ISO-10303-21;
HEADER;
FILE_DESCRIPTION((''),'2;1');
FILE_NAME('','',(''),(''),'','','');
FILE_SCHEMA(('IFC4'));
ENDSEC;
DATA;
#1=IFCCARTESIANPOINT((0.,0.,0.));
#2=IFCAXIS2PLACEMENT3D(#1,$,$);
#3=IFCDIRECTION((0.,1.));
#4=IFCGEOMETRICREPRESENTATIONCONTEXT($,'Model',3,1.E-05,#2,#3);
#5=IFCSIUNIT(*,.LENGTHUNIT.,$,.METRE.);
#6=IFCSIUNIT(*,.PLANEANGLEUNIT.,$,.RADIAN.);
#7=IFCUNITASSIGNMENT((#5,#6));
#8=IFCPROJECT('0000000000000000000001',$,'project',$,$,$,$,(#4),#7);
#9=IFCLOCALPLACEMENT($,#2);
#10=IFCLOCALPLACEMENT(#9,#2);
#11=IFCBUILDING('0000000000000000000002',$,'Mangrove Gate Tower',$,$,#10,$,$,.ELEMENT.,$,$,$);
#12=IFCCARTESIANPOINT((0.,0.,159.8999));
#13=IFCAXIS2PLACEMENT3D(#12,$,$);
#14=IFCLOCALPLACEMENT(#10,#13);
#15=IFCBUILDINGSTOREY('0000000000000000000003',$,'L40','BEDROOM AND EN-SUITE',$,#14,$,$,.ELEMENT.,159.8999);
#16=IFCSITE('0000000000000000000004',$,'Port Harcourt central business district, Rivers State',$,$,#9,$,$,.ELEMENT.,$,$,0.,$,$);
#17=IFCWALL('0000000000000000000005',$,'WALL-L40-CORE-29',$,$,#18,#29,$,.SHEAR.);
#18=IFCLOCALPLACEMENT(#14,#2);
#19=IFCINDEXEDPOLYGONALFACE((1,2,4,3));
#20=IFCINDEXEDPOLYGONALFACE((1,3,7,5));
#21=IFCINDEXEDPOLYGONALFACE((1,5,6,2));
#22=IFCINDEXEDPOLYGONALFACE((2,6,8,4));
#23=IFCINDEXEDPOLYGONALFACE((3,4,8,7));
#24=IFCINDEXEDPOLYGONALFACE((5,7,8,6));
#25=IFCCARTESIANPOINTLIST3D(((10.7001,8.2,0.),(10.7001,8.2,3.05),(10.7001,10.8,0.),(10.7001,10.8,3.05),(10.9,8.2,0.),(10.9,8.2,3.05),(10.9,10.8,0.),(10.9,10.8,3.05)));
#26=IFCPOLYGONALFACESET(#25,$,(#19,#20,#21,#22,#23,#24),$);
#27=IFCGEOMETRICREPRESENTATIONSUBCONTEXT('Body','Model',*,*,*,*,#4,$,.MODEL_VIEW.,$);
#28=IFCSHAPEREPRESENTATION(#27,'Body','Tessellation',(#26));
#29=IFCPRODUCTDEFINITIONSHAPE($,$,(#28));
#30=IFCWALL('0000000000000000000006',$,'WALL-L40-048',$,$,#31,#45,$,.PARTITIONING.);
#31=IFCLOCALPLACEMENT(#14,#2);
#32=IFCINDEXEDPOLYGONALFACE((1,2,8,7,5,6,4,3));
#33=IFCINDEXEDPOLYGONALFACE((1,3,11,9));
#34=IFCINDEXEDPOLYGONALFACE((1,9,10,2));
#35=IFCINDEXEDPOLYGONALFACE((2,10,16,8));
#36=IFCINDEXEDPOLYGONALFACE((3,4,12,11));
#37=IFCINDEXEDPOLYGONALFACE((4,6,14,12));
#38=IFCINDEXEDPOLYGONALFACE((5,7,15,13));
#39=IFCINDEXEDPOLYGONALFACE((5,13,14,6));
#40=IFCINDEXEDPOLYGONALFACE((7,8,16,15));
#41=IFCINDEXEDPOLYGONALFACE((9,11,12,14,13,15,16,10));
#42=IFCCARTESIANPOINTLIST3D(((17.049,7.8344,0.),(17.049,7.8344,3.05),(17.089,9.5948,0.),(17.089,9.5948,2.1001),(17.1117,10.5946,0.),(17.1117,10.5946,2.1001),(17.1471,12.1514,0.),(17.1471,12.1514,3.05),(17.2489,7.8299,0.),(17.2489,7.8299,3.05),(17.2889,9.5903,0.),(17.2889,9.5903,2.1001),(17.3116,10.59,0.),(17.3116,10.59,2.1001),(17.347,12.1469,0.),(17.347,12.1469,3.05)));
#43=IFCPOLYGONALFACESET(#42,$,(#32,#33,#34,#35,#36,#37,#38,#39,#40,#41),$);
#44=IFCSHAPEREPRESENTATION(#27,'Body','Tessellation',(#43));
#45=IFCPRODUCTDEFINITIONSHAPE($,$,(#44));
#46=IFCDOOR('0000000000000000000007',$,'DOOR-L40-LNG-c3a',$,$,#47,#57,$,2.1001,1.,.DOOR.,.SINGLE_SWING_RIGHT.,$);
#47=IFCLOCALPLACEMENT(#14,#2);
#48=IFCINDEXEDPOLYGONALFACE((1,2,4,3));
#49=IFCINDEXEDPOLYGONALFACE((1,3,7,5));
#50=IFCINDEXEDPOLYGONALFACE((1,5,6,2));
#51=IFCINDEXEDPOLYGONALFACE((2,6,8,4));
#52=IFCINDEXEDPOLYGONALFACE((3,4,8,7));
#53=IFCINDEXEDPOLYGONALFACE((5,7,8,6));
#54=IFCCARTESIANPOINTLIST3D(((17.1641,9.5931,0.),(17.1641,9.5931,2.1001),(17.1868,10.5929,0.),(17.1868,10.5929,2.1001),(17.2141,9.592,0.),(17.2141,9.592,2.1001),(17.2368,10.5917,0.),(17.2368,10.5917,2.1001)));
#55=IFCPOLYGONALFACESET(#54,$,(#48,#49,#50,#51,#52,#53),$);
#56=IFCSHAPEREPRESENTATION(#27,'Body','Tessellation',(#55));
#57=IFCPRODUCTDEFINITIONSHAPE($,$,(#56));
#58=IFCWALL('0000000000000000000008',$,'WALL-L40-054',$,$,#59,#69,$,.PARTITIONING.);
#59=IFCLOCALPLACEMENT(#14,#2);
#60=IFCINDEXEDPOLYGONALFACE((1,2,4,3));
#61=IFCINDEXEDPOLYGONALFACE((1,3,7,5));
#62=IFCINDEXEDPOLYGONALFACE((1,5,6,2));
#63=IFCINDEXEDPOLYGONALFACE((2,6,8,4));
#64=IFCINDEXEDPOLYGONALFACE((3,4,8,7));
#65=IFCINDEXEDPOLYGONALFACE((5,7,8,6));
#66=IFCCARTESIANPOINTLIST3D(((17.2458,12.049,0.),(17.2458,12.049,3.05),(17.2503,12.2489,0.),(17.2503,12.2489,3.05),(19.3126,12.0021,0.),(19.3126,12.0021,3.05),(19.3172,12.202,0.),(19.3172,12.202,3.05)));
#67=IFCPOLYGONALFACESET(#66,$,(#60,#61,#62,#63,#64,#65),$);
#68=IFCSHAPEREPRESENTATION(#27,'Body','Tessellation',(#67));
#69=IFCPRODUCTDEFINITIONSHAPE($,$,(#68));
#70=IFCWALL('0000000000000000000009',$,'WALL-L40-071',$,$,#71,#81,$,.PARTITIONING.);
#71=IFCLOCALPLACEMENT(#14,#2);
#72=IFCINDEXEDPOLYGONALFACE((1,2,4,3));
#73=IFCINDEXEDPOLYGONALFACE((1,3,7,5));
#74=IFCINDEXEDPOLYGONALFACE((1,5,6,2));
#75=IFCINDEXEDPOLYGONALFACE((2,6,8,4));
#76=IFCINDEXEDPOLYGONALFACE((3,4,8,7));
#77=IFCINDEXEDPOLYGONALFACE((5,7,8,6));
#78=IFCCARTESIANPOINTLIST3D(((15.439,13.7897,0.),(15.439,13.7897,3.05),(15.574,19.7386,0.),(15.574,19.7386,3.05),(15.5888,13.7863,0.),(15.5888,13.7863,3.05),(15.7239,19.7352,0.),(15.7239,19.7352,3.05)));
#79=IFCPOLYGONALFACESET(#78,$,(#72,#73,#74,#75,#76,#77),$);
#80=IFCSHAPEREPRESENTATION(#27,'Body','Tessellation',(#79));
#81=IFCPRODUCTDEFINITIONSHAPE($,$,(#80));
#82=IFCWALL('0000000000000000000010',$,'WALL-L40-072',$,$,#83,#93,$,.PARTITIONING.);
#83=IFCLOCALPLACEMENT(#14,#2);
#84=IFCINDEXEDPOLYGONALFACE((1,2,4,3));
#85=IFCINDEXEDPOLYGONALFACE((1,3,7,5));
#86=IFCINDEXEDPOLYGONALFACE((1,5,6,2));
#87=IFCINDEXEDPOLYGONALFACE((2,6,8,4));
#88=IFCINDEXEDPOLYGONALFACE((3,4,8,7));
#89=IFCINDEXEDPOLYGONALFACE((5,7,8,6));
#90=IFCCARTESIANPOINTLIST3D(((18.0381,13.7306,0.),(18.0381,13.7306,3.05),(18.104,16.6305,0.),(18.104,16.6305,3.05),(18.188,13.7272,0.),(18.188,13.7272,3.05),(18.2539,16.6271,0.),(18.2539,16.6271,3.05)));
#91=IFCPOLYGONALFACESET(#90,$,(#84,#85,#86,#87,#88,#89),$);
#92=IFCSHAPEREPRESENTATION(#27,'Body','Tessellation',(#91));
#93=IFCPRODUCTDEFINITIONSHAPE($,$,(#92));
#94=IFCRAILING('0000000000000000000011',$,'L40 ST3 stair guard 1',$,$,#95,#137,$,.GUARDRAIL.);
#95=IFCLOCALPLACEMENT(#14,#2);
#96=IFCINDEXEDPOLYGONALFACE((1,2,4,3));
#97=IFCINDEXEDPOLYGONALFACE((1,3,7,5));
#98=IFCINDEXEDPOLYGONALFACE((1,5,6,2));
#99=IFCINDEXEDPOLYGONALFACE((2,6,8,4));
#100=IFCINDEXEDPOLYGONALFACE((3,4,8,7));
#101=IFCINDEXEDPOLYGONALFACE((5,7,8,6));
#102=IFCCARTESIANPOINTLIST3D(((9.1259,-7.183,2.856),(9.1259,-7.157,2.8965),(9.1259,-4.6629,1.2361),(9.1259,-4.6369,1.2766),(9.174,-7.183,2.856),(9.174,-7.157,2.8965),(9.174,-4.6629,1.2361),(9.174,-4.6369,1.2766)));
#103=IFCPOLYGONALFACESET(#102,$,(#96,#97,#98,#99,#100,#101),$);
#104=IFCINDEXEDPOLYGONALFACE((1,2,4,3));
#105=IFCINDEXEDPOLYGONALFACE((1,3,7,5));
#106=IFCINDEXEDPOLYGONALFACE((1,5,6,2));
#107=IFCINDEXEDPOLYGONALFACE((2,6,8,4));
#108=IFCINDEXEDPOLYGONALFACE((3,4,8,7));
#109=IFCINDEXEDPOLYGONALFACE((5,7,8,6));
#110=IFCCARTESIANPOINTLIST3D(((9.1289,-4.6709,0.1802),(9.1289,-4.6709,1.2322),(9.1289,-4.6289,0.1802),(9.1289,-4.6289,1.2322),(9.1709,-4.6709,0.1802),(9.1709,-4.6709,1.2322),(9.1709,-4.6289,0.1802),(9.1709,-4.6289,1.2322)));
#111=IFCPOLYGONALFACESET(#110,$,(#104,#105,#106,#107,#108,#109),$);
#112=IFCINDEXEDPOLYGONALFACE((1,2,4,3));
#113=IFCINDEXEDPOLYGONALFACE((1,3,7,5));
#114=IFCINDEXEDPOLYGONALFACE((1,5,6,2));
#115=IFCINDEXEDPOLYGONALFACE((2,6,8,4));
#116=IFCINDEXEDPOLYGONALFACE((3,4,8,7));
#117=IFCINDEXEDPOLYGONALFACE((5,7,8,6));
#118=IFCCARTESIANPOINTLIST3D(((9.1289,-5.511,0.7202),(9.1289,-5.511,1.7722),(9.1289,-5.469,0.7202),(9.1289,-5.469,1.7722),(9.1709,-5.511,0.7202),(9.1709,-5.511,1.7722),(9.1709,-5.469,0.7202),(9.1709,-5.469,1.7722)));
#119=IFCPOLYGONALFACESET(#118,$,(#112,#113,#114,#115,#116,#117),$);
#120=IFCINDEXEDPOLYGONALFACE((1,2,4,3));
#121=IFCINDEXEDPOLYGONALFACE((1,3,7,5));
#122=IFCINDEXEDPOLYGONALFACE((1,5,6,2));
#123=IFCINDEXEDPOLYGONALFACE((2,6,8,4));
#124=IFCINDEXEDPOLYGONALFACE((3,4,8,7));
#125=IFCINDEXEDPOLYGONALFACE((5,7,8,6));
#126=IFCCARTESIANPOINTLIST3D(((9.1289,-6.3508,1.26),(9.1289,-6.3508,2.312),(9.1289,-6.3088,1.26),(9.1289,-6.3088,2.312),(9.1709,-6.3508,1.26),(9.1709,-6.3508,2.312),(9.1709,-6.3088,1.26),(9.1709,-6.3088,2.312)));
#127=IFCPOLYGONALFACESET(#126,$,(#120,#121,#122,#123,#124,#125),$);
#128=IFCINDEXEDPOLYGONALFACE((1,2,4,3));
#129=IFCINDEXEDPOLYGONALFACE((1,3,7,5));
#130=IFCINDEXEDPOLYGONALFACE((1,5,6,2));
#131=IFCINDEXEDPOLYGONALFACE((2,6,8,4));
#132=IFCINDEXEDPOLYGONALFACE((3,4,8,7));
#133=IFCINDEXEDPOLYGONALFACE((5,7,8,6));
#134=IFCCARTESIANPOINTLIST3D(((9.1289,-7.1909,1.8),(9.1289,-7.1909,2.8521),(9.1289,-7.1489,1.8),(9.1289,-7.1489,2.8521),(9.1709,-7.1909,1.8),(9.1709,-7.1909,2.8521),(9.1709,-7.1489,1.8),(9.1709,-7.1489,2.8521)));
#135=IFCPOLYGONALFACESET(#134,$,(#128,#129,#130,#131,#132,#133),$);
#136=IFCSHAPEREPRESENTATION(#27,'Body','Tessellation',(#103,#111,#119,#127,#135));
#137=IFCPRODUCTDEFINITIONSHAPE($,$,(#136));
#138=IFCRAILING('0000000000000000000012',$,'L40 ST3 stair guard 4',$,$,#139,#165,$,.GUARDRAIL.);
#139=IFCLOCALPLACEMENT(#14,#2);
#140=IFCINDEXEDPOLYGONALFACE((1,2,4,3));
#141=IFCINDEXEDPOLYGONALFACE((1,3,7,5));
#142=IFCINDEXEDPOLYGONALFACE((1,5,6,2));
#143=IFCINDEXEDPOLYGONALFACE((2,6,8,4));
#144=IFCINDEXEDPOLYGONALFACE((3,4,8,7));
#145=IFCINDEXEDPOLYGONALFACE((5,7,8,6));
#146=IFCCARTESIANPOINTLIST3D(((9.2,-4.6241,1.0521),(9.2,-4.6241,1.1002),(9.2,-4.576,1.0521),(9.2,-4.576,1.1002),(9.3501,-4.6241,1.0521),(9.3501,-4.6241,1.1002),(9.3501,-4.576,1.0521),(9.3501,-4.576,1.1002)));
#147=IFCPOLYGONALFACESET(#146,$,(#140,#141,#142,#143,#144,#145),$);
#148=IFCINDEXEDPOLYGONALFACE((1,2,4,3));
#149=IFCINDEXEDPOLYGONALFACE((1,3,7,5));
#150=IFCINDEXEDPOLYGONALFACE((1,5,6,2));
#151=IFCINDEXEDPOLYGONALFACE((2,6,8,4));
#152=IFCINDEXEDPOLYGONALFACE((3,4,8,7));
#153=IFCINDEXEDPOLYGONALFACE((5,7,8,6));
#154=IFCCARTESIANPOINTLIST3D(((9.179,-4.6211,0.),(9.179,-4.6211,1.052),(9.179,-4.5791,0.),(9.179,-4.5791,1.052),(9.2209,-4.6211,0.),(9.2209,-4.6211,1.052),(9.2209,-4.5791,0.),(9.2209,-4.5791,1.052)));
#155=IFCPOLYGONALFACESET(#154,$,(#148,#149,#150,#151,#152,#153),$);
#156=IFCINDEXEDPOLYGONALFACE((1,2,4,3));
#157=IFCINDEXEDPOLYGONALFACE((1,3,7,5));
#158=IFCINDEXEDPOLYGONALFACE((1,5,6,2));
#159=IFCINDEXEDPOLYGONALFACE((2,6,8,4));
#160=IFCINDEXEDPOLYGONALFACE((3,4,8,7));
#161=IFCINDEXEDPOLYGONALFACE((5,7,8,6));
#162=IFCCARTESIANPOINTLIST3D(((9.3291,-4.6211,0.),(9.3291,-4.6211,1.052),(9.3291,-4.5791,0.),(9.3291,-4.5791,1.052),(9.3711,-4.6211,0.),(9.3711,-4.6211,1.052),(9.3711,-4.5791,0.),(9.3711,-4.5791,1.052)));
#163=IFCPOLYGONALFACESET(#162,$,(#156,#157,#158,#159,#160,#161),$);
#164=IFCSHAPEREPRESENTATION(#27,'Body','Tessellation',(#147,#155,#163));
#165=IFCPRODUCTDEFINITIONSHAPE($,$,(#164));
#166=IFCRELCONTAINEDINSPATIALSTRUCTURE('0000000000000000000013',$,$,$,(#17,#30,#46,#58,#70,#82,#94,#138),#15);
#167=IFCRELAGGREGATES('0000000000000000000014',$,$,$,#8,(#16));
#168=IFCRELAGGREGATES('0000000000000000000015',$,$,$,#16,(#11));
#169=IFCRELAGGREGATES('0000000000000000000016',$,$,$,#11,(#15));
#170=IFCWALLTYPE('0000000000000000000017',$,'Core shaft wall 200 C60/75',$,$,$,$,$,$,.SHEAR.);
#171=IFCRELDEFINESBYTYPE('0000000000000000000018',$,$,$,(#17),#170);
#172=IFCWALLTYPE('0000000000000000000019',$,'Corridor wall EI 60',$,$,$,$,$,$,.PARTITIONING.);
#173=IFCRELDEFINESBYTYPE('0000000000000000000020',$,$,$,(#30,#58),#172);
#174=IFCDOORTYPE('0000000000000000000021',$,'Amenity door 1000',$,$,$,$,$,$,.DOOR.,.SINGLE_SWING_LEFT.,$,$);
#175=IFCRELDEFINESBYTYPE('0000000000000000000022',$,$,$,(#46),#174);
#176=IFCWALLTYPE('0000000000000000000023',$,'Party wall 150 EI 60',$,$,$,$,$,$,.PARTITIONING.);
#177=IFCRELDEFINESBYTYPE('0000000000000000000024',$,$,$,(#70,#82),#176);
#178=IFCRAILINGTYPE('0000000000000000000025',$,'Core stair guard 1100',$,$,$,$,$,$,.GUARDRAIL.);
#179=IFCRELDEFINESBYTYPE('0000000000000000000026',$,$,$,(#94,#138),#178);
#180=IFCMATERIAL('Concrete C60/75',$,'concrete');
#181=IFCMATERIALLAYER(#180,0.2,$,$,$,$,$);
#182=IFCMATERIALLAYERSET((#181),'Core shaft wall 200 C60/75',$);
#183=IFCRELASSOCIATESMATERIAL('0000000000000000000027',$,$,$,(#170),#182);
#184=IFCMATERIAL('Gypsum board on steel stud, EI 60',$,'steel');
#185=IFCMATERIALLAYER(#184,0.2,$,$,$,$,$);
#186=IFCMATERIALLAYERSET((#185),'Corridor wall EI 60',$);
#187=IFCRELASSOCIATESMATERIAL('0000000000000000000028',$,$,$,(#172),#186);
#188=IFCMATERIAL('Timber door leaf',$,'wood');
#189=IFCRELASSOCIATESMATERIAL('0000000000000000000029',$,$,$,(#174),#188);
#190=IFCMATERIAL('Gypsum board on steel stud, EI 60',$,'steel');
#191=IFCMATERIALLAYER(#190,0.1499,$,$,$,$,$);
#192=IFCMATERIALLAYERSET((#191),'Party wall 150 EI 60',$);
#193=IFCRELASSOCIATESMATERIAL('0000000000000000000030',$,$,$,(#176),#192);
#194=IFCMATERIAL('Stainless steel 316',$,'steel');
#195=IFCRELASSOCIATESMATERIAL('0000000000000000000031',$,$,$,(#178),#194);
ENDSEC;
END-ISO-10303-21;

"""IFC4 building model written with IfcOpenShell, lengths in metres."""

from ifc_helpers import new_model, si_unit, direction, frame, frame_2d, origin, origin_2d, place, context, subcontext, project, spatial, rectangle, extrude, material, layer, layer_set, type_object, element, fill, save


model = new_model("IFC4")

# Units and contexts
model_context = context("Model", 3, precision=1e-05, world=origin(), true_north=direction((0.0, 1.0)))
body_context = subcontext(model_context, "Body", "Model", "MODEL_VIEW")
ifc_project = project(units=[si_unit("LENGTHUNIT", "METRE"), si_unit("PLANEANGLEUNIT", "RADIAN")], contexts=[model_context])

# Site, building, storey
site_placement = place(None, origin())
site = spatial("IfcSite", under=ifc_project, at=site_placement, Name="Port Harcourt central business district, Rivers State", CompositionType="ELEMENT", RefElevation=0.0)
building_placement = place(site_placement, origin())
building = spatial("IfcBuilding", under=site, at=building_placement, Name="Mangrove Gate Tower", CompositionType="ELEMENT")
storey_placement = place(building_placement, frame((0.0, 0.0, 159.8999)))
storey = spatial("IfcBuildingStorey", under=building, at=storey_placement, Name="L40", Description="BEDROOM AND EN-SUITE", CompositionType="ELEMENT", Elevation=159.8999)

# Wall
ifc_material_1 = material(Name="Concrete C60/75", Category="concrete")
ifc_layer_1 = layer(ifc_material_1, 0.2)
ifc_layer_set_1 = layer_set([ifc_layer_1], Name="Core shaft wall 200 C60/75")
wall_type_1 = type_object("IfcWallType", Name="Core shaft wall 200 C60/75", PredefinedType="SHEAR", material=ifc_layer_set_1)
for number, where, z_axis, x_axis, name in (
    (1, (10.8, 8.2, 0.0), (0.0, 0.0, 1.0), (0.0, 1.0, 0.0), "WALL-L40-CORE-29"),
):
    element("IfcWall", number, at=place(storey_placement, frame(where, z_axis=z_axis, x_axis=x_axis)), inside=storey, type_object=wall_type_1, Name=name, PredefinedType="SHEAR", context=body_context, shape_type="SweptSolid", body=[
        extrude(rectangle(XDim=2.6001, YDim=0.2, at=frame_2d((1.3, 0.0))), origin(), (0.0, 0.0, 1.0), 3.05),
    ])

# Wall, opening, door
ifc_material_2 = material(Name="Gypsum board on steel stud, EI 60", Category="steel")
ifc_layer_2 = layer(ifc_material_2, 0.2)
ifc_layer_set_2 = layer_set([ifc_layer_2], Name="Corridor wall EI 60")
wall_type_2 = type_object("IfcWallType", Name="Corridor wall EI 60", PredefinedType="PARTITIONING", material=ifc_layer_set_2)
wall_1_placement = place(storey_placement, frame((17.1489, 7.832, 0.0), z_axis=(0.0, 0.0, 1.0), x_axis=(0.022729, 0.999742, 0.0)))
wall_1 = element("IfcWall", 2, at=wall_1_placement, inside=storey, type_object=wall_type_2, Name="WALL-L40-048", PredefinedType="PARTITIONING", context=body_context, shape_type="SweptSolid", body=[
    extrude(rectangle(XDim=4.3181, YDim=0.2, at=frame_2d((2.1592, 0.0))), origin(), (0.0, 0.0, 1.0), 3.05),
])
opening_1_placement = place(wall_1_placement, frame((1.761, 0.0, 0.0)))
opening_1 = element("IfcOpeningElement", 3, at=opening_1_placement, cuts=wall_1, PredefinedType="OPENING", context=body_context, shape_type="SweptSolid", body=[
    extrude(rectangle(XDim=1.0, YDim=2.1001, at=frame_2d((0.5, 1.05))), frame((0.0, 0.1099, 0.0), z_axis=(0.0, -1.0, 0.0), x_axis=(1.0, 0.0, 0.0)), (0.0, 0.0, 1.0), 0.22),
])
ifc_material_3 = material(Name="Timber door leaf", Category="wood")
door_type_1 = type_object("IfcDoorType", Name="Amenity door 1000", OperationType="SINGLE_SWING_LEFT", PredefinedType="DOOR", material=ifc_material_3)
door_1_placement = place(opening_1_placement, origin())
door_1 = element("IfcDoor", 4, at=door_1_placement, inside=storey, type_object=door_type_1, Name="DOOR-L40-LNG-c3a", OperationType="SINGLE_SWING_RIGHT", OverallHeight=2.1001, OverallWidth=1.0, PredefinedType="DOOR", context=body_context, shape_type="SweptSolid", body=[
    extrude(rectangle(XDim=1.0, YDim=2.1001, at=frame_2d((0.5, 1.05))), frame((0.0, 0.0249, 0.0), z_axis=(0.0, -1.0, 0.0), x_axis=(1.0, 0.0, 0.0)), (0.0, 0.0, 1.0), 0.05),
])
fill(opening_1, door_1)

# Walls
wall_2_placement = place(storey_placement, frame((17.248, 12.1489, 0.0), z_axis=(0.0, 0.0, 1.0), x_axis=(0.999743, -0.022673, 0.0)))
element("IfcWall", 5, at=wall_2_placement, inside=storey, type_object=wall_type_2, Name="WALL-L40-054", PredefinedType="PARTITIONING", context=body_context, shape_type="SweptSolid", body=[
    extrude(rectangle(XDim=2.0674, YDim=0.2, at=frame_2d((1.0337, 0.0))), origin(), (0.0, 0.0, 1.0), 3.05),
])
ifc_material_4 = material(Name="Gypsum board on steel stud, EI 60", Category="steel")
ifc_layer_3 = layer(ifc_material_4, 0.1499)
ifc_layer_set_3 = layer_set([ifc_layer_3], Name="Party wall 150 EI 60")
wall_type_3 = type_object("IfcWallType", Name="Party wall 150 EI 60", PredefinedType="PARTITIONING", material=ifc_layer_set_3)
wall_3_placement = place(storey_placement, frame((15.5139, 13.7881, 0.0), z_axis=(0.0, 0.0, 1.0), x_axis=(0.022689, 0.999743, 0.0)))
element("IfcWall", 6, at=wall_3_placement, inside=storey, type_object=wall_type_3, Name="WALL-L40-071", PredefinedType="PARTITIONING", context=body_context, shape_type="SweptSolid", body=[
    extrude(rectangle(XDim=5.9504, YDim=0.1499, at=frame_2d((2.9751, 0.0))), origin(), (0.0, 0.0, 1.0), 3.05),
])
wall_4_placement = place(storey_placement, frame((18.113, 13.729, 0.0), z_axis=(0.0, 0.0, 1.0), x_axis=(0.022725, 0.999742, 0.0)))
element("IfcWall", 7, at=wall_4_placement, inside=storey, type_object=wall_type_3, Name="WALL-L40-072", PredefinedType="PARTITIONING", context=body_context, shape_type="SweptSolid", body=[
    extrude(rectangle(XDim=2.9006, YDim=0.1499, at=frame_2d((1.4502, 0.0))), origin(), (0.0, 0.0, 1.0), 3.05),
])

# Railings
ifc_material_5 = material(Name="Stainless steel 316", Category="steel")
railing_type = type_object("IfcRailingType", Name="Core stair guard 1100", PredefinedType="GUARDRAIL", material=ifc_material_5)
railing_1_placement = place(storey_placement, frame((9.1499, -4.6499, 0.1802)))
element("IfcRailing", 8, at=railing_1_placement, inside=storey, type_object=railing_type, Name="L40 ST3 stair guard 1", PredefinedType="GUARDRAIL", context=body_context, shape_type="SweptSolid", body=[
    extrude(rectangle(XDim=0.0481, YDim=0.0481, at=origin_2d()), frame((0.0, 0.0, 1.0762), z_axis=(0.0, -0.8412, 0.540725), x_axis=(1.0, 0.0, 0.0)), (0.0, 0.0, 1.0), 2.9958),
    extrude(rectangle(XDim=0.042, YDim=0.042, at=origin_2d()), origin(), (0.0, 0.0, 1.0), 1.052),
    extrude(rectangle(XDim=0.042, YDim=0.042, at=origin_2d()), frame((0.0, -0.8401, 0.54)), (0.0, 0.0, 1.0), 1.052),
    extrude(rectangle(XDim=0.042, YDim=0.042, at=origin_2d()), frame((0.0, -1.6799, 1.0798)), (0.0, 0.0, 1.0), 1.052),
    extrude(rectangle(XDim=0.042, YDim=0.042, at=origin_2d()), frame((0.0, -2.52, 1.6199)), (0.0, 0.0, 1.0), 1.052),
])
railing_2_placement = place(storey_placement, frame((9.2, -4.6001, 0.0)))
element("IfcRailing", 9, at=railing_2_placement, inside=storey, type_object=railing_type, Name="L40 ST3 stair guard 4", PredefinedType="GUARDRAIL", context=body_context, shape_type="SweptSolid", body=[
    extrude(rectangle(XDim=0.0481, YDim=0.0481, at=origin_2d()), frame((0.0, 0.0, 1.0762), z_axis=(1.0, 0.0, 0.0), x_axis=(0.0, 1.0, 0.0)), (0.0, 0.0, 1.0), 0.1501),
    extrude(rectangle(XDim=0.042, YDim=0.042, at=origin_2d()), origin(), (0.0, 0.0, 1.0), 1.052),
    extrude(rectangle(XDim=0.042, YDim=0.042, at=origin_2d()), frame((0.1501, 0.0, 0.0)), (0.0, 0.0, 1.0), 1.052),
])

save(model, "model.ifc")
